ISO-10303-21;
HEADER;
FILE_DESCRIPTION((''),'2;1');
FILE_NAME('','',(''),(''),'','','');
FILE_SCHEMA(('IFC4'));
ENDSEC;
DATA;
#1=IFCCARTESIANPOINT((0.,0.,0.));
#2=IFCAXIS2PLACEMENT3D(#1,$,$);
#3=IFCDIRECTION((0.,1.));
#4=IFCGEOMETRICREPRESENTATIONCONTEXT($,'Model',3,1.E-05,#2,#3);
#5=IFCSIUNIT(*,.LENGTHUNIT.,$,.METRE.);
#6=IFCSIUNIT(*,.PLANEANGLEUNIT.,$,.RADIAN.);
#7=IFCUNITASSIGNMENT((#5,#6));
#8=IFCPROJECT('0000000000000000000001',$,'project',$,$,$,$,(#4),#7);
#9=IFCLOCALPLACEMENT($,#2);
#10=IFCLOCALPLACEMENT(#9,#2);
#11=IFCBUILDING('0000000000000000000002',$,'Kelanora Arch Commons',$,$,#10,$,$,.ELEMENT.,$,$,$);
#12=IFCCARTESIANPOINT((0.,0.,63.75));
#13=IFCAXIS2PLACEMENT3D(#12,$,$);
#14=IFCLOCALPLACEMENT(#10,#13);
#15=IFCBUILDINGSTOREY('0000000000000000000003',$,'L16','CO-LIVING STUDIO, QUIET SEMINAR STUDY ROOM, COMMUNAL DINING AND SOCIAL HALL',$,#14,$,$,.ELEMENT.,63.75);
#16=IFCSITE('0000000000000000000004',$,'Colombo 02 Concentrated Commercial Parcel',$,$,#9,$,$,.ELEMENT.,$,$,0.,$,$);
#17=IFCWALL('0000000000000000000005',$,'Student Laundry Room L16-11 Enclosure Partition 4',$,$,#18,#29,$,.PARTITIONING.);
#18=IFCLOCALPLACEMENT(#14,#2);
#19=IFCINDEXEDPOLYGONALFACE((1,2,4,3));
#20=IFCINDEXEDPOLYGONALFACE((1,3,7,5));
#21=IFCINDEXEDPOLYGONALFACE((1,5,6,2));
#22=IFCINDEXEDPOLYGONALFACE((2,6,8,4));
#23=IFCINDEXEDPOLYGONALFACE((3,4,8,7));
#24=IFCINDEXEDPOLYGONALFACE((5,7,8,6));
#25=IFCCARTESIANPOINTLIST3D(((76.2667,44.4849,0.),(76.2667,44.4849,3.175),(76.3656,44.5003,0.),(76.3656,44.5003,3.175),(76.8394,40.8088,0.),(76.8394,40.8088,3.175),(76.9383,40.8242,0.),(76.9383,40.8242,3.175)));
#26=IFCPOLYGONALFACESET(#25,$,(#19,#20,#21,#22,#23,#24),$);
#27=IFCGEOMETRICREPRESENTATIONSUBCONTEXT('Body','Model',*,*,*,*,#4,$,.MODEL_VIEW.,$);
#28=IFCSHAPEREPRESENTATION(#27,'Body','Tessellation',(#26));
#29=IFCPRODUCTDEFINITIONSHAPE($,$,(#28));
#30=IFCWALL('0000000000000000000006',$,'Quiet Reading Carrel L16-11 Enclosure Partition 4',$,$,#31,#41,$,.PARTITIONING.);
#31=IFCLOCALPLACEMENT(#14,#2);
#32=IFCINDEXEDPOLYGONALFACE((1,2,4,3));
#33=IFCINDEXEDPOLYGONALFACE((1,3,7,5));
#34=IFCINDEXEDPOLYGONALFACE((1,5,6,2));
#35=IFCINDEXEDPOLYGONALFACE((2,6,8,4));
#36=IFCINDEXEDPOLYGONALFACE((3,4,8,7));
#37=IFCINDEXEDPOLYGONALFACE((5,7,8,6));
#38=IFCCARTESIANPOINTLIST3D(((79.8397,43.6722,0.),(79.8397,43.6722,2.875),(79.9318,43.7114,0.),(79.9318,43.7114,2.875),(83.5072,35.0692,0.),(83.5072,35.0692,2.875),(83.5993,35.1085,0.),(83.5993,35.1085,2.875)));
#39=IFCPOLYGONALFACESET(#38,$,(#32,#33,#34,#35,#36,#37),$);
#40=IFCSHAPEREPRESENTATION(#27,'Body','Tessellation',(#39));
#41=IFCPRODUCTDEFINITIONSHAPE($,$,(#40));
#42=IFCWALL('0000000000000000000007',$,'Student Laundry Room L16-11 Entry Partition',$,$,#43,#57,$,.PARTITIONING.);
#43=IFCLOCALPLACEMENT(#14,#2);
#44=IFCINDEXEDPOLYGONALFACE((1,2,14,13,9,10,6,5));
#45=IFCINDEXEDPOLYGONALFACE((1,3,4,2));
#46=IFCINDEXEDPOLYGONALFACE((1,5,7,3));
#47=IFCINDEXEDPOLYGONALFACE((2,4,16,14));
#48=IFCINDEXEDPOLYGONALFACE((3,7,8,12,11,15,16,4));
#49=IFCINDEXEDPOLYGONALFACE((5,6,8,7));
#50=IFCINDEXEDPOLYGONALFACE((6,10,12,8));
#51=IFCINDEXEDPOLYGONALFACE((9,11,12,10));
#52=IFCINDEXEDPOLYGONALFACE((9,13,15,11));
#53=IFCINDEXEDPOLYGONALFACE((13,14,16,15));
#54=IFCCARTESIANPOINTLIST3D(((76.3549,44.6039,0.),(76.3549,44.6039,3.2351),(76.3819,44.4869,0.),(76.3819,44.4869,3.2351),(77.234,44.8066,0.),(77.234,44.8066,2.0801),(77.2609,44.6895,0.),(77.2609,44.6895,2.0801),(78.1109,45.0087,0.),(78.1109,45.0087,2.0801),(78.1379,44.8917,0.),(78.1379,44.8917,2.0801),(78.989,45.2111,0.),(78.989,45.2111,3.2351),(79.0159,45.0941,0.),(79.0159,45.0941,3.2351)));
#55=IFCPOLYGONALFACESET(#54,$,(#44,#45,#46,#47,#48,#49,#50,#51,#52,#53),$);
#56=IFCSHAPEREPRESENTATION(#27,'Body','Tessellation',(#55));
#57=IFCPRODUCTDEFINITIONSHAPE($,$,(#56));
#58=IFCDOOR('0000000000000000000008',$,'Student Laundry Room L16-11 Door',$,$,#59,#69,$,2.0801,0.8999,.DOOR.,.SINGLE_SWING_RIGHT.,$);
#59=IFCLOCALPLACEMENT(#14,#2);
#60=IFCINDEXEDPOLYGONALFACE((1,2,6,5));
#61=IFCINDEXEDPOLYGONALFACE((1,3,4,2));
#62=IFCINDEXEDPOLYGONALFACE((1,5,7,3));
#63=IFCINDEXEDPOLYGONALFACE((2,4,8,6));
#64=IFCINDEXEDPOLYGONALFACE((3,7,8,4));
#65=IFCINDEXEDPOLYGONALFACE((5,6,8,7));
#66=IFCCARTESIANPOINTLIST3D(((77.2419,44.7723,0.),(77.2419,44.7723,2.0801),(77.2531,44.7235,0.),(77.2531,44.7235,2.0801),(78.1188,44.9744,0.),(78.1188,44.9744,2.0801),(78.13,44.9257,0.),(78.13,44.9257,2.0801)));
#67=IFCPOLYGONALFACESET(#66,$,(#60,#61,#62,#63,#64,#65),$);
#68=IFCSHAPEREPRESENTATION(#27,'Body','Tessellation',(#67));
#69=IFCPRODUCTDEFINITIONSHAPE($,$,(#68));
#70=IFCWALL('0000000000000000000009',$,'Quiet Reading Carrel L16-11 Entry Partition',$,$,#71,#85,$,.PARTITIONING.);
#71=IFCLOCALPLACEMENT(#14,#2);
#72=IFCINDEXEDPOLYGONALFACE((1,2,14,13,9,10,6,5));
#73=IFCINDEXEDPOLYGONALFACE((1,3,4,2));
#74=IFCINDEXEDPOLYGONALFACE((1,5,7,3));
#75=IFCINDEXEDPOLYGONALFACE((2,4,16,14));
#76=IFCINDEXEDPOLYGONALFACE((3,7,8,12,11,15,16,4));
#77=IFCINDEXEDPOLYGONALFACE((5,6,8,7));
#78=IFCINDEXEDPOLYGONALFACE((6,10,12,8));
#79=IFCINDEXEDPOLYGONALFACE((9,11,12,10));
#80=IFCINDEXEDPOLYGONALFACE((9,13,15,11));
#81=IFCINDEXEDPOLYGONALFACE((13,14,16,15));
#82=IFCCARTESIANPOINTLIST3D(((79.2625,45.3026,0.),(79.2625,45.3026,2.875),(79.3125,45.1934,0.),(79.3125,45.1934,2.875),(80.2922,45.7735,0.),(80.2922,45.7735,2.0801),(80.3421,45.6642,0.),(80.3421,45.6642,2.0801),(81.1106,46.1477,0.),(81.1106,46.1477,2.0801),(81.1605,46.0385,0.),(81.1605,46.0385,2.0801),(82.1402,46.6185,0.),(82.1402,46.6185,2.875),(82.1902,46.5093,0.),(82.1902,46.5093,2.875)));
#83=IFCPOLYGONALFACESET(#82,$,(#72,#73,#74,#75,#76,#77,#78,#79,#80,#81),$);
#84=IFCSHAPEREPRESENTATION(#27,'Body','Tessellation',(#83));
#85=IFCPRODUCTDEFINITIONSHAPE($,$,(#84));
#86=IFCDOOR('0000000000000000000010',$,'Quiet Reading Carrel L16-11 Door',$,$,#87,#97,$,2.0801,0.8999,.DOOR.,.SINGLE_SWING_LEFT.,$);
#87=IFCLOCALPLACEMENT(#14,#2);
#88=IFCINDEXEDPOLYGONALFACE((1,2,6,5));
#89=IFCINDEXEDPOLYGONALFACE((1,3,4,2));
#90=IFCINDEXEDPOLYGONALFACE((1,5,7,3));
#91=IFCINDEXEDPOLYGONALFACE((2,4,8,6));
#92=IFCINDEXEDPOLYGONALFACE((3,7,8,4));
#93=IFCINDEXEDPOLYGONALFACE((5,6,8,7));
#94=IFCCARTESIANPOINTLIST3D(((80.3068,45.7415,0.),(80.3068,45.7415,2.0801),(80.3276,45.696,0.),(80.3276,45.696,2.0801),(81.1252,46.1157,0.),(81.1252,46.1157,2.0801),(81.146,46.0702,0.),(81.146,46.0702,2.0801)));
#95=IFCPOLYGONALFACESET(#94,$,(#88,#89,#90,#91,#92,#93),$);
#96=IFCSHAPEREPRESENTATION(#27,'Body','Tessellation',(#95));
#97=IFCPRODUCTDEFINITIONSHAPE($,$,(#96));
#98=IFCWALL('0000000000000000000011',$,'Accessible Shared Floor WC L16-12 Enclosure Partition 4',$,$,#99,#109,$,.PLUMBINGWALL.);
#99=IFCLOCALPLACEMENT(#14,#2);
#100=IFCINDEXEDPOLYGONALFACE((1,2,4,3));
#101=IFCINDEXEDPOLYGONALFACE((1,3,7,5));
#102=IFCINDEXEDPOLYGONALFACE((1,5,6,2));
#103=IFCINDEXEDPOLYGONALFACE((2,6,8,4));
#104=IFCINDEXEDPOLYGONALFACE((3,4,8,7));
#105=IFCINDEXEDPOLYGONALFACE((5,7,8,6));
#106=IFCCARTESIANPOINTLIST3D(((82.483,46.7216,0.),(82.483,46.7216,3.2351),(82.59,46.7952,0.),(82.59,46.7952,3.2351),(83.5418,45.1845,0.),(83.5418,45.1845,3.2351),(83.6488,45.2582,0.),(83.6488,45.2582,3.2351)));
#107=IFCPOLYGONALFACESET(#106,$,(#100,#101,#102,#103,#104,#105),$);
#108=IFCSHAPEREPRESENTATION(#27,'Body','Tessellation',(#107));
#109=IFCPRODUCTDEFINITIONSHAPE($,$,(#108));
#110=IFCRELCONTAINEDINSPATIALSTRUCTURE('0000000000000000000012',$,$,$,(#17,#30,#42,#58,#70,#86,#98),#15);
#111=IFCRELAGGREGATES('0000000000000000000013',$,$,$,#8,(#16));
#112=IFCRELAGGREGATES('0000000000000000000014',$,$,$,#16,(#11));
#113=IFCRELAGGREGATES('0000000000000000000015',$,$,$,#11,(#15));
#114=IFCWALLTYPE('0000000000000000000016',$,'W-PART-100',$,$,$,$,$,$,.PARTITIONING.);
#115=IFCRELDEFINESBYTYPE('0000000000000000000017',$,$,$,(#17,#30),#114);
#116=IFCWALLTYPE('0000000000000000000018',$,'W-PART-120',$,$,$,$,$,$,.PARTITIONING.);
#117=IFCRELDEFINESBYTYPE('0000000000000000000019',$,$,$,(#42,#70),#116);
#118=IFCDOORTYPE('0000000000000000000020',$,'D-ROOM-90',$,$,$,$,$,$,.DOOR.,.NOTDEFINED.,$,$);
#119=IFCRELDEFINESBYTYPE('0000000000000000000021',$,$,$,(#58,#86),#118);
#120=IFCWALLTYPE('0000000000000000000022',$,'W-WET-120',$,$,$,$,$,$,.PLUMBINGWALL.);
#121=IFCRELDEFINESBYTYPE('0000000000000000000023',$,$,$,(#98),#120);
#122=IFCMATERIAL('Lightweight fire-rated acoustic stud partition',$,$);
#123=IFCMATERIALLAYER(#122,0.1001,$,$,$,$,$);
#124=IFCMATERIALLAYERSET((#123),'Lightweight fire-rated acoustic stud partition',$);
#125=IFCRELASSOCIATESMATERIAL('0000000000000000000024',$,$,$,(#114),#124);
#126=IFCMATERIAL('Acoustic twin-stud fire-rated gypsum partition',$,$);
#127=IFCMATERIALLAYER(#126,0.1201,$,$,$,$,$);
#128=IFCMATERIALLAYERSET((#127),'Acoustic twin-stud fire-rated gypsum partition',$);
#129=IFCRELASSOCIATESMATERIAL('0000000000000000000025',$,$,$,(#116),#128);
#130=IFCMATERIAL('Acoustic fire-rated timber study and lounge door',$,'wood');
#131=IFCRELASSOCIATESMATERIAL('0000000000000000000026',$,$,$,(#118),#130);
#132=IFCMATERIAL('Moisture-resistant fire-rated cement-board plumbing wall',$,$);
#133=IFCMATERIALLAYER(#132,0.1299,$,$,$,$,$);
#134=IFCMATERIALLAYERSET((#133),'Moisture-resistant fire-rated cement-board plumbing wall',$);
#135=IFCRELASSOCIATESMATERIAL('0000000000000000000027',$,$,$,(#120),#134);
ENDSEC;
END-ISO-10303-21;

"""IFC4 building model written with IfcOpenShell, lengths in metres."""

from ifc_helpers import new_model, si_unit, direction, frame, frame_2d, origin, place, context, subcontext, project, spatial, rectangle, extrude, material, layer, layer_set, type_object, element, fill, save


model = new_model("IFC4")

# Units and contexts
model_context = context("Model", 3, precision=1e-05, world=origin(), true_north=direction((0.0, 1.0)))
body_context = subcontext(model_context, "Body", "Model", "MODEL_VIEW")
ifc_project = project(units=[si_unit("LENGTHUNIT", "METRE"), si_unit("PLANEANGLEUNIT", "RADIAN")], contexts=[model_context])

# Site, building, storey
site_placement = place(None, origin())
site = spatial("IfcSite", under=ifc_project, at=site_placement, Name="Colombo 02 Concentrated Commercial Parcel", CompositionType="ELEMENT", RefElevation=0.0)
building_placement = place(site_placement, origin())
building = spatial("IfcBuilding", under=site, at=building_placement, Name="Kelanora Arch Commons", CompositionType="ELEMENT")
storey_placement = place(building_placement, frame((0.0, 0.0, 63.75)))
storey = spatial("IfcBuildingStorey", under=building, at=storey_placement, Name="L16", Description="CO-LIVING STUDIO, QUIET SEMINAR STUDY ROOM, COMMUNAL DINING AND SOCIAL HALL", CompositionType="ELEMENT", Elevation=63.75)

# Walls
ifc_material_1 = material(Name="Lightweight fire-rated acoustic stud partition")
ifc_layer_1 = layer(ifc_material_1, 0.1001)
ifc_layer_set_1 = layer_set([ifc_layer_1], Name="Lightweight fire-rated acoustic stud partition")
wall_type_1 = type_object("IfcWallType", Name="W-PART-100", PredefinedType="PARTITIONING", material=ifc_layer_set_1)
wall_1_placement = place(storey_placement, frame((76.8889, 40.8164, 0.0), z_axis=(0.0, 0.0, 1.0), x_axis=(-0.15395, 0.988079, 0.0)))
element("IfcWall", 1, at=wall_1_placement, inside=storey, type_object=wall_type_1, Name="Student Laundry Room L16-11 Enclosure Partition 4", PredefinedType="PARTITIONING", context=body_context, shape_type="SweptSolid", body=[
    extrude(rectangle(XDim=3.7205, YDim=0.1001, at=frame_2d((1.8604, 0.0))), origin(), (0.0, 0.0, 1.0), 3.175),
])
wall_2_placement = place(storey_placement, frame((83.5532, 35.0889, 0.0), z_axis=(0.0, 0.0, 1.0), x_axis=(-0.392154, 0.919899, 0.0)))
element("IfcWall", 2, at=wall_2_placement, inside=storey, type_object=wall_type_1, Name="Quiet Reading Carrel L16-11 Enclosure Partition 4", PredefinedType="PARTITIONING", context=body_context, shape_type="SweptSolid", body=[
    extrude(rectangle(XDim=9.3521, YDim=0.1001, at=frame_2d((4.676, 0.0))), origin(), (0.0, 0.0, 1.0), 2.875),
])

# Walls, openings, doors
ifc_material_2 = material(Name="Acoustic twin-stud fire-rated gypsum partition")
ifc_layer_2 = layer(ifc_material_2, 0.1201)
ifc_layer_set_2 = layer_set([ifc_layer_2], Name="Acoustic twin-stud fire-rated gypsum partition")
wall_type_2 = type_object("IfcWallType", Name="W-PART-120", PredefinedType="PARTITIONING", material=ifc_layer_set_2)
wall_3_placement = place(storey_placement, frame((76.3684, 44.5454, 0.0), z_axis=(0.0, 0.0, 1.0), x_axis=(0.974446, 0.224622, 0.0)))
wall_3 = element("IfcWall", 3, at=wall_3_placement, inside=storey, type_object=wall_type_2, Name="Student Laundry Room L16-11 Entry Partition", PredefinedType="PARTITIONING", context=body_context, shape_type="SweptSolid", body=[
    extrude(rectangle(XDim=2.7031, YDim=0.1201, at=frame_2d((1.3516, 0.0))), origin(), (0.0, 0.0, 1.0), 3.2351),
])
opening_1_placement = place(wall_3_placement, frame((0.9021, 0.0, 0.0)))
opening_1 = element("IfcOpeningElement", 4, at=opening_1_placement, cuts=wall_3, PredefinedType="OPENING", context=body_context, shape_type="SweptSolid", body=[
    extrude(rectangle(XDim=0.8999, YDim=2.0801, at=frame_2d((0.45, 1.04))), frame((0.0, 0.0701, 0.0), z_axis=(0.0, -1.0, 0.0), x_axis=(1.0, 0.0, 0.0)), (0.0, 0.0, 1.0), 0.1401),
])
ifc_material_3 = material(Name="Acoustic fire-rated timber study and lounge door", Category="wood")
door_type = type_object("IfcDoorType", Name="D-ROOM-90", OperationType="NOTDEFINED", PredefinedType="DOOR", material=ifc_material_3)
door_1_placement = place(opening_1_placement, origin())
door_1 = element("IfcDoor", 5, at=door_1_placement, inside=storey, type_object=door_type, Name="Student Laundry Room L16-11 Door", OperationType="SINGLE_SWING_RIGHT", OverallHeight=2.0801, OverallWidth=0.8999, PredefinedType="DOOR", context=body_context, shape_type="SweptSolid", body=[
    extrude(rectangle(XDim=0.8999, YDim=2.0801, at=frame_2d((0.45, 1.04))), frame((0.0, 0.0249, 0.0), z_axis=(0.0, -1.0, 0.0), x_axis=(1.0, 0.0, 0.0)), (0.0, 0.0, 1.0), 0.05),
])
fill(opening_1, door_1)
wall_4_placement = place(storey_placement, frame((79.2876, 45.248, 0.0), z_axis=(0.0, 0.0, 1.0), x_axis=(0.909426, 0.415866, 0.0)))
wall_4 = element("IfcWall", 6, at=wall_4_placement, inside=storey, type_object=wall_type_2, Name="Quiet Reading Carrel L16-11 Entry Partition", PredefinedType="PARTITIONING", context=body_context, shape_type="SweptSolid", body=[
    extrude(rectangle(XDim=3.1643, YDim=0.1201, at=frame_2d((1.582, 0.0))), origin(), (0.0, 0.0, 1.0), 2.875),
])
opening_2_placement = place(wall_4_placement, frame((1.1321, 0.0, 0.0)))
opening_2 = element("IfcOpeningElement", 7, at=opening_2_placement, cuts=wall_4, PredefinedType="OPENING", context=body_context, shape_type="SweptSolid", body=[
    extrude(rectangle(XDim=0.8999, YDim=2.0801, at=frame_2d((0.45, 1.04))), frame((0.0, 0.0701, 0.0), z_axis=(0.0, -1.0, 0.0), x_axis=(1.0, 0.0, 0.0)), (0.0, 0.0, 1.0), 0.1401),
])
door_2_placement = place(opening_2_placement, origin())
door_2 = element("IfcDoor", 8, at=door_2_placement, inside=storey, type_object=door_type, Name="Quiet Reading Carrel L16-11 Door", OperationType="SINGLE_SWING_LEFT", OverallHeight=2.0801, OverallWidth=0.8999, PredefinedType="DOOR", context=body_context, shape_type="SweptSolid", body=[
    extrude(rectangle(XDim=0.8999, YDim=2.0801, at=frame_2d((0.45, 1.04))), frame((0.0, 0.0249, 0.0), z_axis=(0.0, -1.0, 0.0), x_axis=(1.0, 0.0, 0.0)), (0.0, 0.0, 1.0), 0.05),
])
fill(opening_2, door_2)

# Wall
ifc_material_4 = material(Name="Moisture-resistant fire-rated cement-board plumbing wall")
ifc_layer_3 = layer(ifc_material_4, 0.1299)
ifc_layer_set_3 = layer_set([ifc_layer_3], Name="Moisture-resistant fire-rated cement-board plumbing wall")
wall_type_3 = type_object("IfcWallType", Name="W-WET-120", PredefinedType="PLUMBINGWALL", material=ifc_layer_set_3)
wall_5_placement = place(storey_placement, frame((83.5952, 45.2214, 0.0), z_axis=(0.0, 0.0, 1.0), x_axis=(-0.567284, 0.823523, 0.0)))
element("IfcWall", 9, at=wall_5_placement, inside=storey, type_object=wall_type_3, Name="Accessible Shared Floor WC L16-12 Enclosure Partition 4", PredefinedType="PLUMBINGWALL", context=body_context, shape_type="SweptSolid", body=[
    extrude(rectangle(XDim=1.8665, YDim=0.1299, at=frame_2d((0.9331, 0.0))), origin(), (0.0, 0.0, 1.0), 3.2351),
])

save(model, "model.ifc")
